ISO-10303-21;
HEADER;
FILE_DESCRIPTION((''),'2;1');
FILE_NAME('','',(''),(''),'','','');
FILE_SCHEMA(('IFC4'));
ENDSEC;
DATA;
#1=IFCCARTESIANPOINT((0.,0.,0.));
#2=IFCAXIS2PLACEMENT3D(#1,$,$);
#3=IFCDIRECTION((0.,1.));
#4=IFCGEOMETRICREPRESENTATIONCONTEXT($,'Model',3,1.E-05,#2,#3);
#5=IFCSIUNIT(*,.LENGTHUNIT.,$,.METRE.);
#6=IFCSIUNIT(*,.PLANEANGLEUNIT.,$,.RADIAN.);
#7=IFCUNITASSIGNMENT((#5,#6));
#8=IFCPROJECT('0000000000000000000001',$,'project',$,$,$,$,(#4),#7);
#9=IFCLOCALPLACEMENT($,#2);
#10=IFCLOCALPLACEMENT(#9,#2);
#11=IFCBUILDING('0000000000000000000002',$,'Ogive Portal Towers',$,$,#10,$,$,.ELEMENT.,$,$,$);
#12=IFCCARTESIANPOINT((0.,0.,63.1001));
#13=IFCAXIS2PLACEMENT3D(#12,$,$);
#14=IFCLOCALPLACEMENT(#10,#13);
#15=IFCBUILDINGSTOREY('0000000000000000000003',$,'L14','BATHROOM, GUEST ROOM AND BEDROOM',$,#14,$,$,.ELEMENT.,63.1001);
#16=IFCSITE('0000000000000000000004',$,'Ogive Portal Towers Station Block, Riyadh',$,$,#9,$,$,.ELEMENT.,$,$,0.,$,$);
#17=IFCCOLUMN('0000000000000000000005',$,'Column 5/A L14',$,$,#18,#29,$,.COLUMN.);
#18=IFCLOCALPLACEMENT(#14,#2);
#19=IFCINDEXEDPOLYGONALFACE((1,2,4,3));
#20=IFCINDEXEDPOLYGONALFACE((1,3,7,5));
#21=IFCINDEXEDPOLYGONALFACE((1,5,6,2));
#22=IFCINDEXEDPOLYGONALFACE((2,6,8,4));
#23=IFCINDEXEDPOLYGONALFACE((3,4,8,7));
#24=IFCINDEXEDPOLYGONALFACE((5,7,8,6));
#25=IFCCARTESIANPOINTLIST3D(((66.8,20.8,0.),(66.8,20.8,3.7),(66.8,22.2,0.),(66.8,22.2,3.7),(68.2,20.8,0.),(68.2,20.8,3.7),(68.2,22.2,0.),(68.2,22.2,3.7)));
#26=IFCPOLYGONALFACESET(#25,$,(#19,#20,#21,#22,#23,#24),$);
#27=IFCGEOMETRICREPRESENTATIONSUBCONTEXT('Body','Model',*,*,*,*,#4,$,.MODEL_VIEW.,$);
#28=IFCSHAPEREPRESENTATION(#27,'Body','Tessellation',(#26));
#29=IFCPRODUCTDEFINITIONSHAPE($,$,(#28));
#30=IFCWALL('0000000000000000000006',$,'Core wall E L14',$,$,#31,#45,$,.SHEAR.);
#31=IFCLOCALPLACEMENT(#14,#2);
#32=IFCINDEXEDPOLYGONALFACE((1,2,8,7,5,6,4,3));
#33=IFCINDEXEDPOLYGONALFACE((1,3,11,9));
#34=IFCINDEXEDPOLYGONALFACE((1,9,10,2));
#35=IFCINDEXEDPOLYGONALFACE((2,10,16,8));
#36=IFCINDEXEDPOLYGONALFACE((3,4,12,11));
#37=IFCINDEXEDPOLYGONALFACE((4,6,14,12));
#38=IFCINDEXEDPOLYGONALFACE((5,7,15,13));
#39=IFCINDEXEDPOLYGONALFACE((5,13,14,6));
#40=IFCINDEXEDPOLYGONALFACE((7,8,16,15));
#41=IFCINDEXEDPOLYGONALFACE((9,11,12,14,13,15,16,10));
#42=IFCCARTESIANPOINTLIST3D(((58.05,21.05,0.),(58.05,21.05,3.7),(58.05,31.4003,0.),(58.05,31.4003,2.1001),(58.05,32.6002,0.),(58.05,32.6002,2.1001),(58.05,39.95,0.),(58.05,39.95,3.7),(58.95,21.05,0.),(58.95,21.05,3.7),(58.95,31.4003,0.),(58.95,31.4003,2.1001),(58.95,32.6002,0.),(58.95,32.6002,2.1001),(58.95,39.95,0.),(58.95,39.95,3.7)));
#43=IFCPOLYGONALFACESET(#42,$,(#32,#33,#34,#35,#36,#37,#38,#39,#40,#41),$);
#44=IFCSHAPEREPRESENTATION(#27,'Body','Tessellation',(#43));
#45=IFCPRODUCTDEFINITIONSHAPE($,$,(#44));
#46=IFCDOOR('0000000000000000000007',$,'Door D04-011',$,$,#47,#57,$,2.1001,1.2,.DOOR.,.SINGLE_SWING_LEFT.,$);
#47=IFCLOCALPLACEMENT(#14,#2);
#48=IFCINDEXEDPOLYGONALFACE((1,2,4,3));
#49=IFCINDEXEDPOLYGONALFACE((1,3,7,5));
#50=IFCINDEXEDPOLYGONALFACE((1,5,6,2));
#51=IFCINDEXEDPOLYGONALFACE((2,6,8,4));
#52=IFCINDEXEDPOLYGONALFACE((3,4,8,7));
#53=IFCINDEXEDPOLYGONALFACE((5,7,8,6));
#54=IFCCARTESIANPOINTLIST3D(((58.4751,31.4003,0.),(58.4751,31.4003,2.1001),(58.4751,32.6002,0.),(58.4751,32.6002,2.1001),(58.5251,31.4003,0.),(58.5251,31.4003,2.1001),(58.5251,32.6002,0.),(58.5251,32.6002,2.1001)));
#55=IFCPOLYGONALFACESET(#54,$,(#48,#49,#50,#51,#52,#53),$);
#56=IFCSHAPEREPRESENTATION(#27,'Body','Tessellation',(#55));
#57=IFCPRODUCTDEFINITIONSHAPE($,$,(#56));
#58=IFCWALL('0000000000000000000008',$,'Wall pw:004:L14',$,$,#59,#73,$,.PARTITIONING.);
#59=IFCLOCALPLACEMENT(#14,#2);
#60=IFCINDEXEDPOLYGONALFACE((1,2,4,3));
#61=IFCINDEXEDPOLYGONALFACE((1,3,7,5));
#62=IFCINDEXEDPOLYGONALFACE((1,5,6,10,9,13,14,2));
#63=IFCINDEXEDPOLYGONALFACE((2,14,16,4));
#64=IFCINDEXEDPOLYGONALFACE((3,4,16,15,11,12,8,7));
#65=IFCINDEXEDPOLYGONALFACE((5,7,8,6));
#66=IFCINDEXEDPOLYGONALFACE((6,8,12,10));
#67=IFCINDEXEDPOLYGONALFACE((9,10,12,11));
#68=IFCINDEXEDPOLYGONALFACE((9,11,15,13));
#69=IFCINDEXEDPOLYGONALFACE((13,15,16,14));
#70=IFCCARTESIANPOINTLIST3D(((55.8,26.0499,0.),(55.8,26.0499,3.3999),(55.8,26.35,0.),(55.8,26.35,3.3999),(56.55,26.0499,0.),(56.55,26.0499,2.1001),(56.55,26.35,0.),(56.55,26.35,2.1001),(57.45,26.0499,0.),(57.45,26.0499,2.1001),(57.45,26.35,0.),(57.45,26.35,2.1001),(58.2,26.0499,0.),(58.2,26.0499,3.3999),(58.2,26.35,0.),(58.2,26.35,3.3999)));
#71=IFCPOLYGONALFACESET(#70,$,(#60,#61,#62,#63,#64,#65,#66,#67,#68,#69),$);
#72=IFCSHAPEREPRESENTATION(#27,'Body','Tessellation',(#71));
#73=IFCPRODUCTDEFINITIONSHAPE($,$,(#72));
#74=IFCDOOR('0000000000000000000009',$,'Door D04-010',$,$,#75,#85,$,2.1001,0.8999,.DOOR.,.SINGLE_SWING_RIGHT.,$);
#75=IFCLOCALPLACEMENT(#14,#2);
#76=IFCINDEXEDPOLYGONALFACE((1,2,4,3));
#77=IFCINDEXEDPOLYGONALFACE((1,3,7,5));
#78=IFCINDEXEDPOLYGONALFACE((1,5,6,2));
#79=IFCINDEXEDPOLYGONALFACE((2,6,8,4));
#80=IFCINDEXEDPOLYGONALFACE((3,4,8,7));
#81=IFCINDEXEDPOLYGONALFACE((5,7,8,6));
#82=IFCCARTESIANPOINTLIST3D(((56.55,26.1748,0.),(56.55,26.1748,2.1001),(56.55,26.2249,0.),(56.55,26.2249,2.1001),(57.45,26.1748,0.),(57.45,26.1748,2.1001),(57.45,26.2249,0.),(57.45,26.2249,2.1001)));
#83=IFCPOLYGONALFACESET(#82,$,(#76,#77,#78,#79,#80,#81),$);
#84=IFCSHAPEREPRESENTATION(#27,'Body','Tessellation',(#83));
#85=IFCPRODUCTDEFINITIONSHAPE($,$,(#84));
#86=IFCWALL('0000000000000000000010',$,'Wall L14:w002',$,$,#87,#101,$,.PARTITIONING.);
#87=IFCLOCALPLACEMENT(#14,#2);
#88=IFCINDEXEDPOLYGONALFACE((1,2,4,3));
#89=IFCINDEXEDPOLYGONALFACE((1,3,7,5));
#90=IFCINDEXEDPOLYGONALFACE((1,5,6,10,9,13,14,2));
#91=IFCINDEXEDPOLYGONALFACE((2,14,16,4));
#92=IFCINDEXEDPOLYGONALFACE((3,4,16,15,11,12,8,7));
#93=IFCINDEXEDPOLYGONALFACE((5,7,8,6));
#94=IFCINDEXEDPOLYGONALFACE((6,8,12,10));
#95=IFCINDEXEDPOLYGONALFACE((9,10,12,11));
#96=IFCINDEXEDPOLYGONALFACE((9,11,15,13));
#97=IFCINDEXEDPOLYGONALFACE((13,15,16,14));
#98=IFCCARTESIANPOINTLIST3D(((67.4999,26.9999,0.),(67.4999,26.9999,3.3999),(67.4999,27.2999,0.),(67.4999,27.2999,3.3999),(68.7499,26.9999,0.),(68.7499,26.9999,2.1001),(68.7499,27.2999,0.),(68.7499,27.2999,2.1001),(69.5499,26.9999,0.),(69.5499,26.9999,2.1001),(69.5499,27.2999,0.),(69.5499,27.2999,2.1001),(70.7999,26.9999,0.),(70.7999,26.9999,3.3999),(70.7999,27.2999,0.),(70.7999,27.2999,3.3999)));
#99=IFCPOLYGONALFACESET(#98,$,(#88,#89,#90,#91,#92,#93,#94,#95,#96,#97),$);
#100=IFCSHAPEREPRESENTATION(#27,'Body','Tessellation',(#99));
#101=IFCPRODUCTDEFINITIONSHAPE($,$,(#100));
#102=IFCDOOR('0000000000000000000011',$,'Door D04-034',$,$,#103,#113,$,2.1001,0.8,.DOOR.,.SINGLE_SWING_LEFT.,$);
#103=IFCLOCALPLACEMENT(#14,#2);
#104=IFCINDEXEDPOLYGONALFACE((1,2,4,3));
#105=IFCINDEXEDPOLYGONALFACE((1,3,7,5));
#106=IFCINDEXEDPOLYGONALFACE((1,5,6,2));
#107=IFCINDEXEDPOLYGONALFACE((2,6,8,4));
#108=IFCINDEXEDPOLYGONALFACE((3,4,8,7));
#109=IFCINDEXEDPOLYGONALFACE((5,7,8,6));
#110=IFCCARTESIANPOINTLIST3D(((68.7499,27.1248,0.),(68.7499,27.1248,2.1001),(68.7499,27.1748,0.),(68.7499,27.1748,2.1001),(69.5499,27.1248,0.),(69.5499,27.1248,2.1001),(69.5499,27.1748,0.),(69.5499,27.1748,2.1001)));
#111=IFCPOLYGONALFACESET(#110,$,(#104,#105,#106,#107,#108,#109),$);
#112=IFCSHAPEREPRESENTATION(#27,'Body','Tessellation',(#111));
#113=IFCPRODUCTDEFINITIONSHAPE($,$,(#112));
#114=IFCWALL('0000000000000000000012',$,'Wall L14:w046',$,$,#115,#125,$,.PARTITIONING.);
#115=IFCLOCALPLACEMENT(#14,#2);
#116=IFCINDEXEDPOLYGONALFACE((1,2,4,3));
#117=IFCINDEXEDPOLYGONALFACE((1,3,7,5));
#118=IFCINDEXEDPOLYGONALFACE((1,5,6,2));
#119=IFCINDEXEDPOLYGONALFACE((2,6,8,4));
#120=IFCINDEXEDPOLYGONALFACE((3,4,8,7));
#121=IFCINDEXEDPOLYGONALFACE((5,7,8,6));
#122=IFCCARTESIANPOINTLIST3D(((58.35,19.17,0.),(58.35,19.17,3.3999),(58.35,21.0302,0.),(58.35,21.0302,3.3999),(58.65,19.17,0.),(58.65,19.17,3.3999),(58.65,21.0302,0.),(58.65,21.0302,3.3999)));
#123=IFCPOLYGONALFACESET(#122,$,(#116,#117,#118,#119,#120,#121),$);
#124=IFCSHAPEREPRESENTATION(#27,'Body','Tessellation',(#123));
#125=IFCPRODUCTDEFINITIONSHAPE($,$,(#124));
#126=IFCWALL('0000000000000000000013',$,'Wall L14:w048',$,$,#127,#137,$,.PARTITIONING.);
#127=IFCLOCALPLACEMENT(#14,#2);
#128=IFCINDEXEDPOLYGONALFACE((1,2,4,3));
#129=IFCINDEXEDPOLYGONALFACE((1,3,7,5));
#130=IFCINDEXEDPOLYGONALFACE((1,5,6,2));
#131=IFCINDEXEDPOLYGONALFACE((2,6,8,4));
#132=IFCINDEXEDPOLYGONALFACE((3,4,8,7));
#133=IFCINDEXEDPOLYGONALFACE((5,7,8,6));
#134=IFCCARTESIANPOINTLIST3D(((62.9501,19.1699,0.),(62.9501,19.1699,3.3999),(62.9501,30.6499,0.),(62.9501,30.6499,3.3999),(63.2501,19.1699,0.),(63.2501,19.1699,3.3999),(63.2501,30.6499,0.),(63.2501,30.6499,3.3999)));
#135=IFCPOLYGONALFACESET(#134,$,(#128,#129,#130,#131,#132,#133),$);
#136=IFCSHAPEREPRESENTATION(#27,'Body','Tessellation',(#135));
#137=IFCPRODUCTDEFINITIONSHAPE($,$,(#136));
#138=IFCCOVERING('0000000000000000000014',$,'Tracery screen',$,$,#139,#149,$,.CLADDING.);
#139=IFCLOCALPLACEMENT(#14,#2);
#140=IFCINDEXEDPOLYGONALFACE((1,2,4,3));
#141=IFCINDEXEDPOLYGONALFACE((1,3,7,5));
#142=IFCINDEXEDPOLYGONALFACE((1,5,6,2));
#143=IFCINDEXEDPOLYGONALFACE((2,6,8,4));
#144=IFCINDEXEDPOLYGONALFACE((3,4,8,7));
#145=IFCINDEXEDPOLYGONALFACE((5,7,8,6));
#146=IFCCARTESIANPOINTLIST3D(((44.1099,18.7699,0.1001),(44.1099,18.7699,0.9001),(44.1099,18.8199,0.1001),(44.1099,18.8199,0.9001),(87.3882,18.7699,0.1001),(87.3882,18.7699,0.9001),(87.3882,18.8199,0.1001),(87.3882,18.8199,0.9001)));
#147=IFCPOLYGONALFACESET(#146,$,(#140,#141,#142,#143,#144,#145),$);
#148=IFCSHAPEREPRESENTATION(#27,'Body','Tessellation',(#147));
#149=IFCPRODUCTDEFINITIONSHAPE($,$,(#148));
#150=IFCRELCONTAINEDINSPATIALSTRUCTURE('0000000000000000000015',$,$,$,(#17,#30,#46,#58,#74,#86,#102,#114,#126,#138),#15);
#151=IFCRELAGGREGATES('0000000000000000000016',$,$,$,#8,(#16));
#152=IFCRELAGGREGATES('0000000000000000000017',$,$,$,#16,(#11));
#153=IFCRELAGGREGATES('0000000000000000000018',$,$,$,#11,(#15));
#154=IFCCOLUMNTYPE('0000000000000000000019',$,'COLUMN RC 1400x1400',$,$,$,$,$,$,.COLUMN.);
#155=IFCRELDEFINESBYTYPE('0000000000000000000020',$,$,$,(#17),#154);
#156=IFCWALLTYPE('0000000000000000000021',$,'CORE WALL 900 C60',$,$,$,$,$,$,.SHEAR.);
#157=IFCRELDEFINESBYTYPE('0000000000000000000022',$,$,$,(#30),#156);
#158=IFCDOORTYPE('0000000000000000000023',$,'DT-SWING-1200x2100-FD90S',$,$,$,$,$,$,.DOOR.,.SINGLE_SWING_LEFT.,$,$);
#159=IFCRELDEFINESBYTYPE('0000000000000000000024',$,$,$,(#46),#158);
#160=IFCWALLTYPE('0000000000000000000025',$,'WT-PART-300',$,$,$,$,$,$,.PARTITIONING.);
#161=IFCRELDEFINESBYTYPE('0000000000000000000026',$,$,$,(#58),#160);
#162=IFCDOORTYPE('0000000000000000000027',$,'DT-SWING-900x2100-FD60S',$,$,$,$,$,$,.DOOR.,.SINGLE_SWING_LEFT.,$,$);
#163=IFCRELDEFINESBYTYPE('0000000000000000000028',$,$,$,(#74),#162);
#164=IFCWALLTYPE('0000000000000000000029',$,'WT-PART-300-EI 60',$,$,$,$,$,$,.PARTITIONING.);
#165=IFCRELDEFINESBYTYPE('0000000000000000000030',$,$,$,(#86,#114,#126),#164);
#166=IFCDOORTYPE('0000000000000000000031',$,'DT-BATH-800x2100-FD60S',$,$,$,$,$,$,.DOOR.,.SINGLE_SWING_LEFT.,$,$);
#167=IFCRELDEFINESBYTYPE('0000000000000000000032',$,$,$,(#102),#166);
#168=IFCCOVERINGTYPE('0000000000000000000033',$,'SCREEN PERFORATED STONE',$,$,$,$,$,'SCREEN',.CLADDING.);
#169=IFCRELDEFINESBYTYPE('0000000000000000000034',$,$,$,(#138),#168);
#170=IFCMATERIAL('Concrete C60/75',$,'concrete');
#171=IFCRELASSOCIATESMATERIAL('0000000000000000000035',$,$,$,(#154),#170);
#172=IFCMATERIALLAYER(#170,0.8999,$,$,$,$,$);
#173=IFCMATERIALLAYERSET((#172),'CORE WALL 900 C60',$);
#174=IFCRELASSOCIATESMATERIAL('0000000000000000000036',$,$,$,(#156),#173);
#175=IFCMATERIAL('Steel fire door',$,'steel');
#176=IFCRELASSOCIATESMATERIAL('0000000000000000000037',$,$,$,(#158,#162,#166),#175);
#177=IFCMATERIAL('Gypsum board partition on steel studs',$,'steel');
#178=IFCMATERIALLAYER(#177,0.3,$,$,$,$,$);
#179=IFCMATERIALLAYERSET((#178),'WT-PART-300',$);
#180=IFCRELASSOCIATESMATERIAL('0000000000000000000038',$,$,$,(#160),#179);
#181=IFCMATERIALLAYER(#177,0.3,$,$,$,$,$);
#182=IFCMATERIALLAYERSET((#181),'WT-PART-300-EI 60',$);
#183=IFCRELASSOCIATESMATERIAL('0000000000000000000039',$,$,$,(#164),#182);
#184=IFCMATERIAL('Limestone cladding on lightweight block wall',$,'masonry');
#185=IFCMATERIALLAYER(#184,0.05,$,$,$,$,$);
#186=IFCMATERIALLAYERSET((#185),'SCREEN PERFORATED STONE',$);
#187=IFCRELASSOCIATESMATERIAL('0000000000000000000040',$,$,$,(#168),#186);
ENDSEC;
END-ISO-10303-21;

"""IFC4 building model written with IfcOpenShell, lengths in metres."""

from ifc_helpers import new_model, si_unit, direction, frame, frame_2d, origin, origin_2d, place, context, subcontext, project, spatial, rectangle, extrude, material, layer, layer_set, material_profile, profile_set, type_object, element, fill, save


model = new_model("IFC4")

# Units and contexts
model_context = context("Model", 3, precision=1e-05, world=origin(), true_north=direction((0.0, 1.0)))
body_context = subcontext(model_context, "Body", "Model", "MODEL_VIEW")
ifc_project = project(units=[si_unit("LENGTHUNIT", "METRE"), si_unit("PLANEANGLEUNIT", "RADIAN")], contexts=[model_context])

# Site, building, storey
site_placement = place(None, origin())
site = spatial("IfcSite", under=ifc_project, at=site_placement, Name="Ogive Portal Towers Station Block, Riyadh", CompositionType="ELEMENT", RefElevation=0.0)
building_placement = place(site_placement, origin())
building = spatial("IfcBuilding", under=site, at=building_placement, Name="Ogive Portal Towers", CompositionType="ELEMENT")
storey_placement = place(building_placement, frame((0.0, 0.0, 63.1001)))
storey = spatial("IfcBuildingStorey", under=building, at=storey_placement, Name="L14", Description="BATHROOM, GUEST ROOM AND BEDROOM", CompositionType="ELEMENT", Elevation=63.1001)

# Column
ifc_material_1 = material(Name="Concrete C60/75", Category="concrete")
ifc_material_profile = material_profile(ifc_material_1, rectangle(XDim=1.3999, YDim=1.3999, at=origin_2d()), Name="RC 1400x1400")
ifc_profile_set = profile_set([ifc_material_profile], Name="Concrete C60/75")
column_type = type_object("IfcColumnType", Name="COLUMN RC 1400x1400", PredefinedType="COLUMN", material=ifc_profile_set)
column_placement = place(storey_placement, frame((67.5, 21.5, 0.0), z_axis=(0.0, 0.0, 1.0), x_axis=(1.0, 0.0, 0.0)))
element("IfcColumn", 1, at=column_placement, inside=storey, type_object=column_type, Name="Column 5/A L14", PredefinedType="COLUMN", context=body_context, shape_type="SweptSolid", body=[
    extrude(rectangle(XDim=1.3999, YDim=1.3999, at=origin_2d()), origin(), (0.0, 0.0, 1.0), 3.7),
])

# Walls, openings, doors
ifc_layer_1 = layer(ifc_material_1, 0.8999)
ifc_layer_set_1 = layer_set([ifc_layer_1], Name="CORE WALL 900 C60")
wall_type_1 = type_object("IfcWallType", Name="CORE WALL 900 C60", PredefinedType="SHEAR", material=ifc_layer_set_1)
wall_1_placement = place(storey_placement, frame((58.5, 21.05, 0.0), z_axis=(0.0, 0.0, 1.0), x_axis=(0.0, 1.0, 0.0)))
wall_1 = element("IfcWall", 2, at=wall_1_placement, inside=storey, type_object=wall_type_1, Name="Core wall E L14", PredefinedType="SHEAR", context=body_context, shape_type="SweptSolid", body=[
    extrude(rectangle(XDim=18.8999, YDim=0.8999, at=frame_2d((9.45, 0.0))), origin(), (0.0, 0.0, 1.0), 3.7),
])
opening_1_placement = place(wall_1_placement, frame((10.3501, 0.0, 0.0)))
opening_1 = element("IfcOpeningElement", 3, at=opening_1_placement, cuts=wall_1, PredefinedType="OPENING", context=body_context, shape_type="SweptSolid", body=[
    extrude(rectangle(XDim=1.2, YDim=2.1001, at=frame_2d((0.6001, 1.05))), frame((0.0, 0.46, 0.0), z_axis=(0.0, -1.0, 0.0), x_axis=(1.0, 0.0, 0.0)), (0.0, 0.0, 1.0), 0.9199),
])
ifc_material_2 = material(Name="Steel fire door", Category="steel")
door_type_1 = type_object("IfcDoorType", Name="DT-SWING-1200x2100-FD90S", OperationType="SINGLE_SWING_LEFT", PredefinedType="DOOR", material=ifc_material_2)
door_1_placement = place(opening_1_placement, origin())
door_1 = element("IfcDoor", 4, at=door_1_placement, inside=storey, type_object=door_type_1, Name="Door D04-011", OperationType="SINGLE_SWING_LEFT", OverallHeight=2.1001, OverallWidth=1.2, PredefinedType="DOOR", context=body_context, shape_type="SweptSolid", body=[
    extrude(rectangle(XDim=1.2, YDim=2.1001, at=frame_2d((0.6001, 1.05))), frame((0.0, 0.0249, 0.0), z_axis=(0.0, -1.0, 0.0), x_axis=(1.0, 0.0, 0.0)), (0.0, 0.0, 1.0), 0.05),
])
fill(opening_1, door_1)
ifc_material_3 = material(Name="Gypsum board partition on steel studs", Category="steel")
ifc_layer_2 = layer(ifc_material_3, 0.3)
ifc_layer_set_2 = layer_set([ifc_layer_2], Name="WT-PART-300")
wall_type_2 = type_object("IfcWallType", Name="WT-PART-300", PredefinedType="PARTITIONING", material=ifc_layer_set_2)
wall_2_placement = place(storey_placement, frame((55.8, 26.2, 0.0), z_axis=(0.0, 0.0, 1.0), x_axis=(1.0, 0.0, 0.0)))
wall_2 = element("IfcWall", 5, at=wall_2_placement, inside=storey, type_object=wall_type_2, Name="Wall pw:004:L14", PredefinedType="PARTITIONING", context=body_context, shape_type="SweptSolid", body=[
    extrude(rectangle(XDim=2.3999, YDim=0.3, at=frame_2d((1.2, 0.0))), origin(), (0.0, 0.0, 1.0), 3.3999),
])
opening_2_placement = place(wall_2_placement, frame((0.75, 0.0, 0.0)))
opening_2 = element("IfcOpeningElement", 6, at=opening_2_placement, cuts=wall_2, PredefinedType="OPENING", context=body_context, shape_type="SweptSolid", body=[
    extrude(rectangle(XDim=0.8999, YDim=2.1001, at=frame_2d((0.45, 1.05))), frame((0.0, 0.1602, 0.0), z_axis=(0.0, -1.0, 0.0), x_axis=(1.0, 0.0, 0.0)), (0.0, 0.0, 1.0), 0.3201),
])
door_type_2 = type_object("IfcDoorType", Name="DT-SWING-900x2100-FD60S", OperationType="SINGLE_SWING_LEFT", PredefinedType="DOOR", material=ifc_material_2)
door_2_placement = place(opening_2_placement, origin())
door_2 = element("IfcDoor", 7, at=door_2_placement, inside=storey, type_object=door_type_2, Name="Door D04-010", OperationType="SINGLE_SWING_RIGHT", OverallHeight=2.1001, OverallWidth=0.8999, PredefinedType="DOOR", context=body_context, shape_type="SweptSolid", body=[
    extrude(rectangle(XDim=0.8999, YDim=2.1001, at=frame_2d((0.45, 1.05))), frame((0.0, 0.0249, 0.0), z_axis=(0.0, -1.0, 0.0), x_axis=(1.0, 0.0, 0.0)), (0.0, 0.0, 1.0), 0.05),
])
fill(opening_2, door_2)
ifc_layer_3 = layer(ifc_material_3, 0.3)
ifc_layer_set_3 = layer_set([ifc_layer_3], Name="WT-PART-300-EI 60")
wall_type_3 = type_object("IfcWallType", Name="WT-PART-300-EI 60", PredefinedType="PARTITIONING", material=ifc_layer_set_3)
wall_3_placement = place(storey_placement, frame((67.5, 27.1499, 0.0), z_axis=(0.0, 0.0, 1.0), x_axis=(1.0, 0.0, 0.0)))
wall_3 = element("IfcWall", 8, at=wall_3_placement, inside=storey, type_object=wall_type_3, Name="Wall L14:w002", PredefinedType="PARTITIONING", context=body_context, shape_type="SweptSolid", body=[
    extrude(rectangle(XDim=3.3, YDim=0.3, at=frame_2d((1.6499, 0.0))), origin(), (0.0, 0.0, 1.0), 3.3999),
])
opening_3_placement = place(wall_3_placement, frame((1.25, 0.0, 0.0)))
opening_3 = element("IfcOpeningElement", 9, at=opening_3_placement, cuts=wall_3, PredefinedType="OPENING", context=body_context, shape_type="SweptSolid", body=[
    extrude(rectangle(XDim=0.8, YDim=2.1001, at=frame_2d((0.3999, 1.05))), frame((0.0, 0.1602, 0.0), z_axis=(0.0, -1.0, 0.0), x_axis=(1.0, 0.0, 0.0)), (0.0, 0.0, 1.0), 0.3201),
])
door_type_3 = type_object("IfcDoorType", Name="DT-BATH-800x2100-FD60S", OperationType="SINGLE_SWING_LEFT", PredefinedType="DOOR", material=ifc_material_2)
door_3_placement = place(opening_3_placement, origin())
door_3 = element("IfcDoor", 10, at=door_3_placement, inside=storey, type_object=door_type_3, Name="Door D04-034", OperationType="SINGLE_SWING_LEFT", OverallHeight=2.1001, OverallWidth=0.8, PredefinedType="DOOR", context=body_context, shape_type="SweptSolid", body=[
    extrude(rectangle(XDim=0.8, YDim=2.1001, at=frame_2d((0.3999, 1.05))), frame((0.0, 0.0249, 0.0), z_axis=(0.0, -1.0, 0.0), x_axis=(1.0, 0.0, 0.0)), (0.0, 0.0, 1.0), 0.05),
])
fill(opening_3, door_3)

# Walls
wall_4_placement = place(storey_placement, frame((58.5, 19.1699, 0.0), z_axis=(0.0, 0.0, 1.0), x_axis=(0.0, 1.0, 0.0)))
element("IfcWall", 11, at=wall_4_placement, inside=storey, type_object=wall_type_3, Name="Wall L14:w046", PredefinedType="PARTITIONING", context=body_context, shape_type="SweptSolid", body=[
    extrude(rectangle(XDim=1.8601, YDim=0.3, at=frame_2d((0.9302, 0.0))), origin(), (0.0, 0.0, 1.0), 3.3999),
])
wall_5_placement = place(storey_placement, frame((63.1001, 19.1699, 0.0), z_axis=(0.0, 0.0, 1.0), x_axis=(0.0, 1.0, 0.0)))
element("IfcWall", 12, at=wall_5_placement, inside=storey, type_object=wall_type_3, Name="Wall L14:w048", PredefinedType="PARTITIONING", context=body_context, shape_type="SweptSolid", body=[
    extrude(rectangle(XDim=11.48, YDim=0.3, at=frame_2d((5.74, 0.0))), origin(), (0.0, 0.0, 1.0), 3.3999),
])

# Covering
ifc_material_4 = material(Name="Limestone cladding on lightweight block wall", Category="masonry")
ifc_layer_4 = layer(ifc_material_4, 0.05)
ifc_layer_set_4 = layer_set([ifc_layer_4], Name="SCREEN PERFORATED STONE")
covering_type = type_object("IfcCoveringType", Name="SCREEN PERFORATED STONE", ElementType="SCREEN", PredefinedType="CLADDING", material=ifc_layer_set_4)
covering_placement = place(storey_placement, frame((65.749, 18.7949, 0.1001), z_axis=(0.0, 0.0, 1.0), x_axis=(1.0, 0.0, 0.0)))
element("IfcCovering", 13, at=covering_placement, inside=storey, type_object=covering_type, Name="Tracery screen", PredefinedType="CLADDING", context=body_context, shape_type="SweptSolid", body=[
    extrude(rectangle(XDim=43.2783, YDim=0.05, at=origin_2d()), origin(), (0.0, 0.0, 1.0), 0.8),
])

save(model, "model.ifc")
